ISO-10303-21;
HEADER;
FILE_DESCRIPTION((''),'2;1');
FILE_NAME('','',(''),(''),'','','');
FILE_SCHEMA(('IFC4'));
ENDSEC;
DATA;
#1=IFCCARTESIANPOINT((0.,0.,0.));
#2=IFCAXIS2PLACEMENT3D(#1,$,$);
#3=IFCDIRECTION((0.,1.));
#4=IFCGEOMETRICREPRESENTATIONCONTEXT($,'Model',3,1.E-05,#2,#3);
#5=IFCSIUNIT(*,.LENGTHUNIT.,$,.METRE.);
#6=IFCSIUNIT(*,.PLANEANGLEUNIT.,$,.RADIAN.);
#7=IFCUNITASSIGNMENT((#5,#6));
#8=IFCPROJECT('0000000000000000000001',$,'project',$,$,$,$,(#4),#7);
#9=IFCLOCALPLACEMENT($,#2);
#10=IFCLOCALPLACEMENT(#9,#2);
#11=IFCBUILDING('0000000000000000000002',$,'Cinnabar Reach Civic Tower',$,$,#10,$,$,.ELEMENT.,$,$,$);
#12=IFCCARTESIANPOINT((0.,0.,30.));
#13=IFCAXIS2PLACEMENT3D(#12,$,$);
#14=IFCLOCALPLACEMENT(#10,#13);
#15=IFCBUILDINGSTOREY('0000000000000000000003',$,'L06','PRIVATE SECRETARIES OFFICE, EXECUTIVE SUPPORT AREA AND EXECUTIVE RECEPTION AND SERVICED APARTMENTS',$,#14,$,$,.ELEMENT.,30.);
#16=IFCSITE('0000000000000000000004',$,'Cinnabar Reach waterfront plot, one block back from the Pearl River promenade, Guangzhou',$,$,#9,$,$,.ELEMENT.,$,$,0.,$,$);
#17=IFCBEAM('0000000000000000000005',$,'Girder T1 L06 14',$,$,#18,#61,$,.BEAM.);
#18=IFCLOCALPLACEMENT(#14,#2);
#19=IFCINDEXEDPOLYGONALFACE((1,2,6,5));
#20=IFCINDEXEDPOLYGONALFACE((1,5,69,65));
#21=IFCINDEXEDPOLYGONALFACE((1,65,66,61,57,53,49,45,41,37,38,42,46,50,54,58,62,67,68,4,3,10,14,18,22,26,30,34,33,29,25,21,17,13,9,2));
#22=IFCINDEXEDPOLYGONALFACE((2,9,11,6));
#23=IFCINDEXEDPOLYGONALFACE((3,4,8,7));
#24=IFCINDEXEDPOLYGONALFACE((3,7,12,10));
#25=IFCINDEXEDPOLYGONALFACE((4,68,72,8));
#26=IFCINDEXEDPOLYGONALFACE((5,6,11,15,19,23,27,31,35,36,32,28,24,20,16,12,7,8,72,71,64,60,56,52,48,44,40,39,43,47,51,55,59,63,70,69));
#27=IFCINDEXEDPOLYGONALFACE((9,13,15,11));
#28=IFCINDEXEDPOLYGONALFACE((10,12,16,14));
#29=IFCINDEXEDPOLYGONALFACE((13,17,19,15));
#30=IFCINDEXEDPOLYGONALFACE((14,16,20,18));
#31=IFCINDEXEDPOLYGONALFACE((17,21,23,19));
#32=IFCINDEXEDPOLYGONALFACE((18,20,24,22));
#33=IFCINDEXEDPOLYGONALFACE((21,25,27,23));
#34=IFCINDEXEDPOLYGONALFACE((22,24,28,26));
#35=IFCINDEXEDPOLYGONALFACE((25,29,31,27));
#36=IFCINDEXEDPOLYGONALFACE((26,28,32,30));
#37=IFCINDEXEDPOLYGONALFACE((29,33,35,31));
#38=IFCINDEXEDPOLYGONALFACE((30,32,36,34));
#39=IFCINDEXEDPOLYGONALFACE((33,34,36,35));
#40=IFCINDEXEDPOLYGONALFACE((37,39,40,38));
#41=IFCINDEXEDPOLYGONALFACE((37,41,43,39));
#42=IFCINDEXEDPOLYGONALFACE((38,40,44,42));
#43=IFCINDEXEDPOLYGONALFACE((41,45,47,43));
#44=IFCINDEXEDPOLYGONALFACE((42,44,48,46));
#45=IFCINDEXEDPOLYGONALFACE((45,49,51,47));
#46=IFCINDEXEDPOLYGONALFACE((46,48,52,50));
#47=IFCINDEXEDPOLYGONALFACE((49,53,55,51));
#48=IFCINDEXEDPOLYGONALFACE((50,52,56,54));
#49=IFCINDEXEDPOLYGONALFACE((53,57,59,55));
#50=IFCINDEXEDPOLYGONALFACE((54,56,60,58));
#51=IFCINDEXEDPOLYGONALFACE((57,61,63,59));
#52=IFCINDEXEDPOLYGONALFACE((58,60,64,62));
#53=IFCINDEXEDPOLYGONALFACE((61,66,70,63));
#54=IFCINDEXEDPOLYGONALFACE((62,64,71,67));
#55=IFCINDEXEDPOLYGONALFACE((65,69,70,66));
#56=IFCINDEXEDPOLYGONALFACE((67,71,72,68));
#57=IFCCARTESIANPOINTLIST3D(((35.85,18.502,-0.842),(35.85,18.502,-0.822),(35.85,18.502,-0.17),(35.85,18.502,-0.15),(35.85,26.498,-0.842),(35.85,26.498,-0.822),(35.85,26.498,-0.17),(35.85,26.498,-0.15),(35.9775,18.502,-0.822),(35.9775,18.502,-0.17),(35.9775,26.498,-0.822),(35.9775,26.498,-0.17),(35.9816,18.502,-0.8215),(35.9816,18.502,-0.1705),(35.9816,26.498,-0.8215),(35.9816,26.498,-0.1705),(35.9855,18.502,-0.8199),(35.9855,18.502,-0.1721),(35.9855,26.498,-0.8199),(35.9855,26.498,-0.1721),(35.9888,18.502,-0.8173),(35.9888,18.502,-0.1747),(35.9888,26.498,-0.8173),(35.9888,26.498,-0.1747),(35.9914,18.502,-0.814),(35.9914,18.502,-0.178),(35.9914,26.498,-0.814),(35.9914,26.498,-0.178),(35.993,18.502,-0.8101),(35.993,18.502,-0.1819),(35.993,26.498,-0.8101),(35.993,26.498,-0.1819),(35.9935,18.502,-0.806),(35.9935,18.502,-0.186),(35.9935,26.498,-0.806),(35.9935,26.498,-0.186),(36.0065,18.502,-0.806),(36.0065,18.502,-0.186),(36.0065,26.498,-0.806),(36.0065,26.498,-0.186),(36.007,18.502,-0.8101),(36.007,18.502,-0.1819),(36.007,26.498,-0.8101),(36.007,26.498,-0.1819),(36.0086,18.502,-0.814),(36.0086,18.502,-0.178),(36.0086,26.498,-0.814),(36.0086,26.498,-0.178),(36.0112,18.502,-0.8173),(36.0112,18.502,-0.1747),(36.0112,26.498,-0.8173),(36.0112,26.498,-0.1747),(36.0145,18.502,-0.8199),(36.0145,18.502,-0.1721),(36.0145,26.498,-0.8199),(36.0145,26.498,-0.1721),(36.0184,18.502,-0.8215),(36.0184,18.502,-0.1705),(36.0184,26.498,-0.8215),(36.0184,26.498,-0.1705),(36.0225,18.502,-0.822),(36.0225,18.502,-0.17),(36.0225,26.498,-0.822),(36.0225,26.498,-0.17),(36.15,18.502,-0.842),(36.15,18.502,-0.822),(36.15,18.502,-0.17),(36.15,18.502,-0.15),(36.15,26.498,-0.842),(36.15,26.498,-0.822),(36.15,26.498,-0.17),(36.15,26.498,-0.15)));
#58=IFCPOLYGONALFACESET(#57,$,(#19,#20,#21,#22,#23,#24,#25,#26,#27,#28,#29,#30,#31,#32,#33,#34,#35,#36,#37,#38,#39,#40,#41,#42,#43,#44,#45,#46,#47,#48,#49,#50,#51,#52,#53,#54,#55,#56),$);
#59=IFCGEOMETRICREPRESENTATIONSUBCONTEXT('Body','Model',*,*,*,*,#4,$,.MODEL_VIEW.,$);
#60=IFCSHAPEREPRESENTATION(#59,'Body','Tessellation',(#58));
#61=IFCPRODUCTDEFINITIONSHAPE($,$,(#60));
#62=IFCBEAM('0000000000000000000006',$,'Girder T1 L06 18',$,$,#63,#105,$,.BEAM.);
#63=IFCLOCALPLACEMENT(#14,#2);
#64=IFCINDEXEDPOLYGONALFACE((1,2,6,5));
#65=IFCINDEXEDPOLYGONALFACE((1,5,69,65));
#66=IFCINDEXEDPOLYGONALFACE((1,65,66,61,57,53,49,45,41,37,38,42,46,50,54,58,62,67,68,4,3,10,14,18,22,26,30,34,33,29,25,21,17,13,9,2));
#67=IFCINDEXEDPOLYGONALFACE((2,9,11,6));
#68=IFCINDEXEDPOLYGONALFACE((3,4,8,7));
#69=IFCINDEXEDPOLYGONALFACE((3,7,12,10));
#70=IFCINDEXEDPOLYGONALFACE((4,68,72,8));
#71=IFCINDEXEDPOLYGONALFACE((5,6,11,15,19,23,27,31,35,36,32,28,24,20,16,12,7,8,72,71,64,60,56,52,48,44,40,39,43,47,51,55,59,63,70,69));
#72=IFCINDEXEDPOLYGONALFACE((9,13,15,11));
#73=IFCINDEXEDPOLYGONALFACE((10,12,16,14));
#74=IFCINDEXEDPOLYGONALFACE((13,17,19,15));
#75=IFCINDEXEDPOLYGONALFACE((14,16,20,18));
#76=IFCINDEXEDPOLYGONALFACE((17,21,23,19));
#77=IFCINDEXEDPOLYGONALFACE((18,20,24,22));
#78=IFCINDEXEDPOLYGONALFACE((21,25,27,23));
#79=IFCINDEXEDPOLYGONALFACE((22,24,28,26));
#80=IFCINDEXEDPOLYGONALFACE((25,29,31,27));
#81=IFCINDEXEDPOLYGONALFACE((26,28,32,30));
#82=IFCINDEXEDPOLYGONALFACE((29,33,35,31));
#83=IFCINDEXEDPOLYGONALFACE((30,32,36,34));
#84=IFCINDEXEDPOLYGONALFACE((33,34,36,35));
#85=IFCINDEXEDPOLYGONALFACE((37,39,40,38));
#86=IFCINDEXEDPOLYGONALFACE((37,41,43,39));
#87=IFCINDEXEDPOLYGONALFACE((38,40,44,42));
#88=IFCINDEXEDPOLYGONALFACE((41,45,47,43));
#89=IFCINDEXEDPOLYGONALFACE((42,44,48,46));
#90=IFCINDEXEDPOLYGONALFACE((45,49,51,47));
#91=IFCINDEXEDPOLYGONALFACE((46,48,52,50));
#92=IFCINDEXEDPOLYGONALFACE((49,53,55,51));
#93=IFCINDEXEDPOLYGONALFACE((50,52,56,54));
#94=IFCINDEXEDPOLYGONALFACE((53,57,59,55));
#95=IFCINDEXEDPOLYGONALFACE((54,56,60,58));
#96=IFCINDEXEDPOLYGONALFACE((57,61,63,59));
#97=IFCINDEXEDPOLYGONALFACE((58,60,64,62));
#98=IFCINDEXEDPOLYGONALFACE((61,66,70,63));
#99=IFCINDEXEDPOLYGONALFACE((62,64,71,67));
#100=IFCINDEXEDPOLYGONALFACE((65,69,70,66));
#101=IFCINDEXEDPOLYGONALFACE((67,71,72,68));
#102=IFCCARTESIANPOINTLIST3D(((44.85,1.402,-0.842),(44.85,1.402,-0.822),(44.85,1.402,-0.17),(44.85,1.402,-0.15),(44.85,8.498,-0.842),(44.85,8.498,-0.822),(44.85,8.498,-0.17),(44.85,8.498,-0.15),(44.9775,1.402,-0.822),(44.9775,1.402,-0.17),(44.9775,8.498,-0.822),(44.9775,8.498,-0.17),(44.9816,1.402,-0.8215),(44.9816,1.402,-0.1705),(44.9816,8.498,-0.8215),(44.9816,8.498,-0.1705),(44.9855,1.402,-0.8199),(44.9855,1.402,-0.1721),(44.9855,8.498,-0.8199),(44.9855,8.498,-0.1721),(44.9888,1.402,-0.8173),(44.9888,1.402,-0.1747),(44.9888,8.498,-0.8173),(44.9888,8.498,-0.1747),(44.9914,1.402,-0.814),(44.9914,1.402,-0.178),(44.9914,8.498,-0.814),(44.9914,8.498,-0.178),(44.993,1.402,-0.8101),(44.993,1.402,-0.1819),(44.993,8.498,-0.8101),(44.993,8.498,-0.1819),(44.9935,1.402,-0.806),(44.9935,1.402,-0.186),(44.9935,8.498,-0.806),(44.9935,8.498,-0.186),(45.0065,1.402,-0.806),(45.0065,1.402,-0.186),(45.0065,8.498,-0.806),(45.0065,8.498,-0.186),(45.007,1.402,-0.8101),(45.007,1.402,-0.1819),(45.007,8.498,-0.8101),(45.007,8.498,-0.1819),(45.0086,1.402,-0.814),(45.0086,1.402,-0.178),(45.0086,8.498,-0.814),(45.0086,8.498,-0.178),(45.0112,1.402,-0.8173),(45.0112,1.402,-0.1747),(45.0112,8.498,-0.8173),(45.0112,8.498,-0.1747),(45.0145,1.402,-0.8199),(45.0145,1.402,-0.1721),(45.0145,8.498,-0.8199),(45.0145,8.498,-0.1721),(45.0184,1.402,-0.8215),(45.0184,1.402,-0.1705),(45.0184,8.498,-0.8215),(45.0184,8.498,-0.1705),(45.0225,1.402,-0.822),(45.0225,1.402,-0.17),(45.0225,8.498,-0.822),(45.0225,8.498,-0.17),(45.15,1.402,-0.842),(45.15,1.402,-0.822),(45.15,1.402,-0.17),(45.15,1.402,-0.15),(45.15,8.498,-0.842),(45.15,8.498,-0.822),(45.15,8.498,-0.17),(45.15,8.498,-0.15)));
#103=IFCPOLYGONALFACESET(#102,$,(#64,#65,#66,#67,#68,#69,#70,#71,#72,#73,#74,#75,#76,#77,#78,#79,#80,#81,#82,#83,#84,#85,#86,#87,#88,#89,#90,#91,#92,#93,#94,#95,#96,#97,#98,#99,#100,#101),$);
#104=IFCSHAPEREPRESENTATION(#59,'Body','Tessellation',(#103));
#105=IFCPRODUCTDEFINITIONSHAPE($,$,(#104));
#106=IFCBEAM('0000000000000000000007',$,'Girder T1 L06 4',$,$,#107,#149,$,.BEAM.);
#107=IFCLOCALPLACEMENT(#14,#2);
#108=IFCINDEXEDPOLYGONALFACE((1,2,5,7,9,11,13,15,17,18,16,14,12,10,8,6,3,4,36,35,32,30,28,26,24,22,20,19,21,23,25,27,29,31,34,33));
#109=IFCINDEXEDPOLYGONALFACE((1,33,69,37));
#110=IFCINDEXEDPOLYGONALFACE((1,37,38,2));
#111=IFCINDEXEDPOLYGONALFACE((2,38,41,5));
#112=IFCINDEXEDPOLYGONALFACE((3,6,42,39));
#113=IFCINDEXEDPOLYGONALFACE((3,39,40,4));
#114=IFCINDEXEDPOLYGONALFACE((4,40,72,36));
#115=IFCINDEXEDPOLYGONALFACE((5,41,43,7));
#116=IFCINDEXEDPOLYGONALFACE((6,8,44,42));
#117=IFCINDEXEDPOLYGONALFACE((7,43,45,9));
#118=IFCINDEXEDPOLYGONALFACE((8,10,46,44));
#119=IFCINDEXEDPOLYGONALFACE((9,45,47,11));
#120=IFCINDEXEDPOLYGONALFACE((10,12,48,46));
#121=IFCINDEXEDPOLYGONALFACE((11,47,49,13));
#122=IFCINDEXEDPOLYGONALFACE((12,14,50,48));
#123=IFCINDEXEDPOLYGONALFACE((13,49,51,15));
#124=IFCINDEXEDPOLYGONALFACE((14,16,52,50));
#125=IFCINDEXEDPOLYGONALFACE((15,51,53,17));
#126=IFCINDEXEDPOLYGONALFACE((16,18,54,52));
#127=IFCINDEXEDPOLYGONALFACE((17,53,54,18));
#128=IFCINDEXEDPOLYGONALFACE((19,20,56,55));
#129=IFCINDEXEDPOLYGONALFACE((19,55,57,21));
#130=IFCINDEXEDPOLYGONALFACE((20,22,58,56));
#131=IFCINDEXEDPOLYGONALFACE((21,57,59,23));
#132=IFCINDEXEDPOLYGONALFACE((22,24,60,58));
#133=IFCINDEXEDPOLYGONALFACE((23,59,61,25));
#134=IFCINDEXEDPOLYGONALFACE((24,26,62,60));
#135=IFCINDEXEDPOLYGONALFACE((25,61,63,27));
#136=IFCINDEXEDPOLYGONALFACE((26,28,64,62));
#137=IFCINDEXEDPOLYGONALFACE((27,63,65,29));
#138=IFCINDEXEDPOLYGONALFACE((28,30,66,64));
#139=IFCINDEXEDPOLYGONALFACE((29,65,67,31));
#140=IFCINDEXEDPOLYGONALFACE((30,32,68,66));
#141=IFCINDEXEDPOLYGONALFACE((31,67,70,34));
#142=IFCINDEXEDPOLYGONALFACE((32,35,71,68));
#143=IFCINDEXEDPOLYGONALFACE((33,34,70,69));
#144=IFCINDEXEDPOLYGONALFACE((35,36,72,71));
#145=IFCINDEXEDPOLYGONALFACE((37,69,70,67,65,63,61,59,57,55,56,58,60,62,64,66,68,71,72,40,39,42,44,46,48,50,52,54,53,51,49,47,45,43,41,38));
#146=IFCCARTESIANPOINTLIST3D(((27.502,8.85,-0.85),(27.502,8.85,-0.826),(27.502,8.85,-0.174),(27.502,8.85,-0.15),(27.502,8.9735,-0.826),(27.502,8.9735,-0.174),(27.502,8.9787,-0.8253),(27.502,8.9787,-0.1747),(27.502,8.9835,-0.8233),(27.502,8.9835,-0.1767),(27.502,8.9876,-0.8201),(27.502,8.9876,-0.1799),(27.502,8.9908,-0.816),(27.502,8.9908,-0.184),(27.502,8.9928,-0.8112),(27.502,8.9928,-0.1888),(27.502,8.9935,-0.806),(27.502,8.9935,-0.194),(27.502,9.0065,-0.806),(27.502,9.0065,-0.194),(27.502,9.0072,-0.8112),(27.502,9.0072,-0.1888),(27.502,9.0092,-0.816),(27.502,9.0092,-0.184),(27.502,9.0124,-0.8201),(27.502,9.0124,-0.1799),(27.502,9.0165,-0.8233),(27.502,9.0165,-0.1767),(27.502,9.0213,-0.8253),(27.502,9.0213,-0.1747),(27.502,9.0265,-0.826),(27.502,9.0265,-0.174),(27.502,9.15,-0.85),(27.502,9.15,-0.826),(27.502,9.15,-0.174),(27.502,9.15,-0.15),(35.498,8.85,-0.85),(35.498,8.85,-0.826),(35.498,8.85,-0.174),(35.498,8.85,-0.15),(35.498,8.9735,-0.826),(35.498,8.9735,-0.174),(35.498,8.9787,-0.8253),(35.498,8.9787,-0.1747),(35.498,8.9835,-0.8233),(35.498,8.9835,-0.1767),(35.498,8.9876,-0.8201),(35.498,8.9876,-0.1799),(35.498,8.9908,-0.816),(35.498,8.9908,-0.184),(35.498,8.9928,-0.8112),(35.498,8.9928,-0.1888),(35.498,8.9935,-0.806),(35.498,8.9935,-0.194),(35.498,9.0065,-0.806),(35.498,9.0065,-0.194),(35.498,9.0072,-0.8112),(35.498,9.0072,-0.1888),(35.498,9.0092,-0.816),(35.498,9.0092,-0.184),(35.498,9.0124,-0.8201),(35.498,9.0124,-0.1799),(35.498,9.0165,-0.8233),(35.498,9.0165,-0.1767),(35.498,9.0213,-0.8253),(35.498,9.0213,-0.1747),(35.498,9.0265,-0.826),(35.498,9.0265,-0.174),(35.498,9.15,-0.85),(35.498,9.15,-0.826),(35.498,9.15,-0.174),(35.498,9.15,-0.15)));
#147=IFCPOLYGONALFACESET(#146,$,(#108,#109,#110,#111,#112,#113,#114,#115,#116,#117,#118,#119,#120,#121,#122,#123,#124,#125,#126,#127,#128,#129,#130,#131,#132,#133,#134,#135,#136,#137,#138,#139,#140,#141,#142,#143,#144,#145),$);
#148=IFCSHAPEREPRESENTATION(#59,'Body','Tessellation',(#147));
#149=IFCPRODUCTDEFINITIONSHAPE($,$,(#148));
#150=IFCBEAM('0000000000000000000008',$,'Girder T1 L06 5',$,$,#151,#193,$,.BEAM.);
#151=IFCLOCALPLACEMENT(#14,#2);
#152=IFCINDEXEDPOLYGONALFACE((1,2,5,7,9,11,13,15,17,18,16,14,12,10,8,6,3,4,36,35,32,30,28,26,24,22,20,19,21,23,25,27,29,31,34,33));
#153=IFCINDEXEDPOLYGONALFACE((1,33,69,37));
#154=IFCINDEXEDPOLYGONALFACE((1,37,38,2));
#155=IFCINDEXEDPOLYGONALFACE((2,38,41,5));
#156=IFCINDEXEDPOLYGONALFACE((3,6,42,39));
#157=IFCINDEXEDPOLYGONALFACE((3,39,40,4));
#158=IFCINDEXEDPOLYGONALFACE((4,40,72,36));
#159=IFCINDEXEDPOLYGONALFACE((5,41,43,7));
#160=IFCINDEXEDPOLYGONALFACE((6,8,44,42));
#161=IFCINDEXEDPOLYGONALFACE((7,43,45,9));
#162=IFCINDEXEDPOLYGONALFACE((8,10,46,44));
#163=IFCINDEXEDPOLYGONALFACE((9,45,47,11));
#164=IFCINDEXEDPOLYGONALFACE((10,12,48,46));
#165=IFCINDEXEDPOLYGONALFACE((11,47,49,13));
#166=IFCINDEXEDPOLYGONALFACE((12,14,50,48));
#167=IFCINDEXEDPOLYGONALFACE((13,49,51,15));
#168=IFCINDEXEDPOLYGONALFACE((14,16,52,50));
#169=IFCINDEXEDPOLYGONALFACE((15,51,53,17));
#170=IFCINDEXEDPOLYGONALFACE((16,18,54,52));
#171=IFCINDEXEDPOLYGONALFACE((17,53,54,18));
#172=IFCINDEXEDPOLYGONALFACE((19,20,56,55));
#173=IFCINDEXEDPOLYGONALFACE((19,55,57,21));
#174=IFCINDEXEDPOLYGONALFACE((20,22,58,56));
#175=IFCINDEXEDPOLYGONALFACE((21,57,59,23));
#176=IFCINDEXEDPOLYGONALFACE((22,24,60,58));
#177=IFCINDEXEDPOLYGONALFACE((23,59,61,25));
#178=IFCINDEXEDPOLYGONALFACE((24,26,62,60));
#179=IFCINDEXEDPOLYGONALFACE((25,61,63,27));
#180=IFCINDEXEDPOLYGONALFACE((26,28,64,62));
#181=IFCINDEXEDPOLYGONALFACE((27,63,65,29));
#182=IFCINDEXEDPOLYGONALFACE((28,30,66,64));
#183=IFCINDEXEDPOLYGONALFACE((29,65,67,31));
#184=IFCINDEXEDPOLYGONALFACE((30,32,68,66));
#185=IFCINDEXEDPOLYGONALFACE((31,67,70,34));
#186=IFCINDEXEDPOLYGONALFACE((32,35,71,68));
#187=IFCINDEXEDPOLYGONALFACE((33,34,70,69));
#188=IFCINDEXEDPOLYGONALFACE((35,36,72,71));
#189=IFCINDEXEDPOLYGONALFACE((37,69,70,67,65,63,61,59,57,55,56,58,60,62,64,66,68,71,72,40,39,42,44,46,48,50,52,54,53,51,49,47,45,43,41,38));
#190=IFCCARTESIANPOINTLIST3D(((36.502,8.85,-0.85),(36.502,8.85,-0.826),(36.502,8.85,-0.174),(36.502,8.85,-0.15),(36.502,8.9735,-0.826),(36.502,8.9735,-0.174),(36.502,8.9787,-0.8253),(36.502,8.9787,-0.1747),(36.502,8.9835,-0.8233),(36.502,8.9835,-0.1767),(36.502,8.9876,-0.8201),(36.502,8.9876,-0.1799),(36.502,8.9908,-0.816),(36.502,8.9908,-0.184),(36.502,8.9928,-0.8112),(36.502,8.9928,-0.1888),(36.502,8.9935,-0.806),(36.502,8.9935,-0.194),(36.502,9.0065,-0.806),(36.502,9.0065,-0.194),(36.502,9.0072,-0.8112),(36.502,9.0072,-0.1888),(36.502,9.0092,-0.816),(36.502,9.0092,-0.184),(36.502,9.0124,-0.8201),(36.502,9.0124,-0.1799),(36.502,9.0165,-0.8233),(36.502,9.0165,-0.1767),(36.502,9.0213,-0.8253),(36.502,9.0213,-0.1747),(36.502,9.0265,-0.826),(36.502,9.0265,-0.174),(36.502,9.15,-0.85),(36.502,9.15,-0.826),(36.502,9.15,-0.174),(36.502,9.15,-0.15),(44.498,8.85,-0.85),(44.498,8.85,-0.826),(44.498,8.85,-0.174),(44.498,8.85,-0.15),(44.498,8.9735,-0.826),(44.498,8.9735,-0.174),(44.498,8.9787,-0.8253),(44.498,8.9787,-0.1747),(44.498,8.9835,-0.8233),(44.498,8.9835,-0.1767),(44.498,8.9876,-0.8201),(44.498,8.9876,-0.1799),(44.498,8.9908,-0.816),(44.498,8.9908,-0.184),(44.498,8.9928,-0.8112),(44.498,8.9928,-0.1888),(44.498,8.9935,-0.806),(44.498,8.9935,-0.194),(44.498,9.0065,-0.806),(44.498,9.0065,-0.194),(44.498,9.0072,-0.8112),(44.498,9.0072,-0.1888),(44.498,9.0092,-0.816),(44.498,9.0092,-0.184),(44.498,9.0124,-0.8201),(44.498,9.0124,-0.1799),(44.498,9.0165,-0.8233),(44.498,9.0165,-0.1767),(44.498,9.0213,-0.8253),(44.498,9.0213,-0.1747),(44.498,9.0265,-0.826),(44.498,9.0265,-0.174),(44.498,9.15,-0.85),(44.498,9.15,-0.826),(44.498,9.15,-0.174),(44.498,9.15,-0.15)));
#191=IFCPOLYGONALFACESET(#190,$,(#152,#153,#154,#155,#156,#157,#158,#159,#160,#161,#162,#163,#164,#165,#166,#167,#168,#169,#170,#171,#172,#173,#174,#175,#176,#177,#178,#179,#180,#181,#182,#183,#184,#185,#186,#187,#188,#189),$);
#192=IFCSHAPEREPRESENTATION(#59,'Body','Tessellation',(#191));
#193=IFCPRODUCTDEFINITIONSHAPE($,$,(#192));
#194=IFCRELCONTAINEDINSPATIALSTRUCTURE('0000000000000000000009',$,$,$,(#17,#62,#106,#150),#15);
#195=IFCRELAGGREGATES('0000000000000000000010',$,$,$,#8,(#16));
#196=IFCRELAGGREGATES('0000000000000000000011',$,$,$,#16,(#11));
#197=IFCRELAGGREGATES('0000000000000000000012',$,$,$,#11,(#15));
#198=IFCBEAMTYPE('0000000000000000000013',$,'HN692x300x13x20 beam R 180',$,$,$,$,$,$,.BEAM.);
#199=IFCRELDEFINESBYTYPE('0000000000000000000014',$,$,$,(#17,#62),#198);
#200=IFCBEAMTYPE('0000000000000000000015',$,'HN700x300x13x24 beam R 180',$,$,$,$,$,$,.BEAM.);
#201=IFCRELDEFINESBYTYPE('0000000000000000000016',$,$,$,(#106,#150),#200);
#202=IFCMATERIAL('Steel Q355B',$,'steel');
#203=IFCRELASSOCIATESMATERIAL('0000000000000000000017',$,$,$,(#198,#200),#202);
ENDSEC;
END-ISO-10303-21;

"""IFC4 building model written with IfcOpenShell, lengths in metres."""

from ifc_helpers import new_model, si_unit, direction, frame, origin, origin_2d, place, context, subcontext, project, spatial, i_section, extrude, material, material_profile, profile_set, type_object, element, save


model = new_model("IFC4")

# Units and contexts
model_context = context("Model", 3, precision=1e-05, world=origin(), true_north=direction((0.0, 1.0)))
body_context = subcontext(model_context, "Body", "Model", "MODEL_VIEW")
ifc_project = project(units=[si_unit("LENGTHUNIT", "METRE"), si_unit("PLANEANGLEUNIT", "RADIAN")], contexts=[model_context])

# Site, building, storey
site_placement = place(None, origin())
site = spatial("IfcSite", under=ifc_project, at=site_placement, Name="Cinnabar Reach waterfront plot, one block back from the Pearl River promenade, Guangzhou", CompositionType="ELEMENT", RefElevation=0.0)
building_placement = place(site_placement, origin())
building = spatial("IfcBuilding", under=site, at=building_placement, Name="Cinnabar Reach Civic Tower", CompositionType="ELEMENT")
storey_placement = place(building_placement, frame((0.0, 0.0, 30.0)))
storey = spatial("IfcBuildingStorey", under=building, at=storey_placement, Name="L06", Description="PRIVATE SECRETARIES OFFICE, EXECUTIVE SUPPORT AREA AND EXECUTIVE RECEPTION AND SERVICED APARTMENTS", CompositionType="ELEMENT", Elevation=30.0)

# Beams
ifc_material_1 = material(Name="Steel Q355B", Category="steel")
ifc_material_profile_1 = material_profile(ifc_material_1, i_section(OverallWidth=0.3, OverallDepth=0.692, WebThickness=0.013, FlangeThickness=0.02, FilletRadius=0.016, at=origin_2d()), Name="HN692x300x13x20")
ifc_profile_set_1 = profile_set([ifc_material_profile_1], Name="Steel Q355B")
beam_type_1 = type_object("IfcBeamType", Name="HN692x300x13x20 beam R 180", PredefinedType="BEAM", material=ifc_profile_set_1)
for number, where, z_axis, x_axis, name in (
    (1, (36.0, 18.502, -0.496), (0.0, 1.0, 0.0), (-1.0, 0.0, 0.0), "Girder T1 L06 14"),
):
    element("IfcBeam", number, at=place(storey_placement, frame(where, z_axis=z_axis, x_axis=x_axis)), inside=storey, type_object=beam_type_1, Name=name, PredefinedType="BEAM", context=body_context, shape_type="SweptSolid", body=[
        extrude(i_section(OverallWidth=0.3, OverallDepth=0.692, WebThickness=0.013, FlangeThickness=0.02, FilletRadius=0.016, at=origin_2d()), origin(), (0.0, 0.0, 1.0), 7.996),
    ])
beam_1_placement = place(storey_placement, frame((45.0, 1.402, -0.496), z_axis=(0.0, 1.0, 0.0), x_axis=(-1.0, 0.0, 0.0)))
element("IfcBeam", 2, at=beam_1_placement, inside=storey, type_object=beam_type_1, Name="Girder T1 L06 18", PredefinedType="BEAM", context=body_context, shape_type="SweptSolid", body=[
    extrude(i_section(OverallWidth=0.3, OverallDepth=0.692, WebThickness=0.013, FlangeThickness=0.02, FilletRadius=0.016, at=origin_2d()), origin(), (0.0, 0.0, 1.0), 7.096),
])
ifc_material_profile_2 = material_profile(ifc_material_1, i_section(OverallWidth=0.3, OverallDepth=0.7, WebThickness=0.013, FlangeThickness=0.024, FilletRadius=0.02, at=origin_2d()), Name="HN700x300x13x24")
ifc_profile_set_2 = profile_set([ifc_material_profile_2], Name="Steel Q355B")
beam_type_2 = type_object("IfcBeamType", Name="HN700x300x13x24 beam R 180", PredefinedType="BEAM", material=ifc_profile_set_2)
for number, where, z_axis, x_axis, name in (
    (3, (27.502, 9.0, -0.5), (1.0, 0.0, 0.0), (0.0, 1.0, 0.0), "Girder T1 L06 4"),
    (4, (36.502, 9.0, -0.5), (1.0, 0.0, 0.0), (0.0, 1.0, 0.0), "Girder T1 L06 5"),
):
    element("IfcBeam", number, at=place(storey_placement, frame(where, z_axis=z_axis, x_axis=x_axis)), inside=storey, type_object=beam_type_2, Name=name, PredefinedType="BEAM", context=body_context, shape_type="SweptSolid", body=[
        extrude(i_section(OverallWidth=0.3, OverallDepth=0.7, WebThickness=0.013, FlangeThickness=0.024, FilletRadius=0.02, at=origin_2d()), origin(), (0.0, 0.0, 1.0), 7.996),
    ])

save(model, "model.ifc")
